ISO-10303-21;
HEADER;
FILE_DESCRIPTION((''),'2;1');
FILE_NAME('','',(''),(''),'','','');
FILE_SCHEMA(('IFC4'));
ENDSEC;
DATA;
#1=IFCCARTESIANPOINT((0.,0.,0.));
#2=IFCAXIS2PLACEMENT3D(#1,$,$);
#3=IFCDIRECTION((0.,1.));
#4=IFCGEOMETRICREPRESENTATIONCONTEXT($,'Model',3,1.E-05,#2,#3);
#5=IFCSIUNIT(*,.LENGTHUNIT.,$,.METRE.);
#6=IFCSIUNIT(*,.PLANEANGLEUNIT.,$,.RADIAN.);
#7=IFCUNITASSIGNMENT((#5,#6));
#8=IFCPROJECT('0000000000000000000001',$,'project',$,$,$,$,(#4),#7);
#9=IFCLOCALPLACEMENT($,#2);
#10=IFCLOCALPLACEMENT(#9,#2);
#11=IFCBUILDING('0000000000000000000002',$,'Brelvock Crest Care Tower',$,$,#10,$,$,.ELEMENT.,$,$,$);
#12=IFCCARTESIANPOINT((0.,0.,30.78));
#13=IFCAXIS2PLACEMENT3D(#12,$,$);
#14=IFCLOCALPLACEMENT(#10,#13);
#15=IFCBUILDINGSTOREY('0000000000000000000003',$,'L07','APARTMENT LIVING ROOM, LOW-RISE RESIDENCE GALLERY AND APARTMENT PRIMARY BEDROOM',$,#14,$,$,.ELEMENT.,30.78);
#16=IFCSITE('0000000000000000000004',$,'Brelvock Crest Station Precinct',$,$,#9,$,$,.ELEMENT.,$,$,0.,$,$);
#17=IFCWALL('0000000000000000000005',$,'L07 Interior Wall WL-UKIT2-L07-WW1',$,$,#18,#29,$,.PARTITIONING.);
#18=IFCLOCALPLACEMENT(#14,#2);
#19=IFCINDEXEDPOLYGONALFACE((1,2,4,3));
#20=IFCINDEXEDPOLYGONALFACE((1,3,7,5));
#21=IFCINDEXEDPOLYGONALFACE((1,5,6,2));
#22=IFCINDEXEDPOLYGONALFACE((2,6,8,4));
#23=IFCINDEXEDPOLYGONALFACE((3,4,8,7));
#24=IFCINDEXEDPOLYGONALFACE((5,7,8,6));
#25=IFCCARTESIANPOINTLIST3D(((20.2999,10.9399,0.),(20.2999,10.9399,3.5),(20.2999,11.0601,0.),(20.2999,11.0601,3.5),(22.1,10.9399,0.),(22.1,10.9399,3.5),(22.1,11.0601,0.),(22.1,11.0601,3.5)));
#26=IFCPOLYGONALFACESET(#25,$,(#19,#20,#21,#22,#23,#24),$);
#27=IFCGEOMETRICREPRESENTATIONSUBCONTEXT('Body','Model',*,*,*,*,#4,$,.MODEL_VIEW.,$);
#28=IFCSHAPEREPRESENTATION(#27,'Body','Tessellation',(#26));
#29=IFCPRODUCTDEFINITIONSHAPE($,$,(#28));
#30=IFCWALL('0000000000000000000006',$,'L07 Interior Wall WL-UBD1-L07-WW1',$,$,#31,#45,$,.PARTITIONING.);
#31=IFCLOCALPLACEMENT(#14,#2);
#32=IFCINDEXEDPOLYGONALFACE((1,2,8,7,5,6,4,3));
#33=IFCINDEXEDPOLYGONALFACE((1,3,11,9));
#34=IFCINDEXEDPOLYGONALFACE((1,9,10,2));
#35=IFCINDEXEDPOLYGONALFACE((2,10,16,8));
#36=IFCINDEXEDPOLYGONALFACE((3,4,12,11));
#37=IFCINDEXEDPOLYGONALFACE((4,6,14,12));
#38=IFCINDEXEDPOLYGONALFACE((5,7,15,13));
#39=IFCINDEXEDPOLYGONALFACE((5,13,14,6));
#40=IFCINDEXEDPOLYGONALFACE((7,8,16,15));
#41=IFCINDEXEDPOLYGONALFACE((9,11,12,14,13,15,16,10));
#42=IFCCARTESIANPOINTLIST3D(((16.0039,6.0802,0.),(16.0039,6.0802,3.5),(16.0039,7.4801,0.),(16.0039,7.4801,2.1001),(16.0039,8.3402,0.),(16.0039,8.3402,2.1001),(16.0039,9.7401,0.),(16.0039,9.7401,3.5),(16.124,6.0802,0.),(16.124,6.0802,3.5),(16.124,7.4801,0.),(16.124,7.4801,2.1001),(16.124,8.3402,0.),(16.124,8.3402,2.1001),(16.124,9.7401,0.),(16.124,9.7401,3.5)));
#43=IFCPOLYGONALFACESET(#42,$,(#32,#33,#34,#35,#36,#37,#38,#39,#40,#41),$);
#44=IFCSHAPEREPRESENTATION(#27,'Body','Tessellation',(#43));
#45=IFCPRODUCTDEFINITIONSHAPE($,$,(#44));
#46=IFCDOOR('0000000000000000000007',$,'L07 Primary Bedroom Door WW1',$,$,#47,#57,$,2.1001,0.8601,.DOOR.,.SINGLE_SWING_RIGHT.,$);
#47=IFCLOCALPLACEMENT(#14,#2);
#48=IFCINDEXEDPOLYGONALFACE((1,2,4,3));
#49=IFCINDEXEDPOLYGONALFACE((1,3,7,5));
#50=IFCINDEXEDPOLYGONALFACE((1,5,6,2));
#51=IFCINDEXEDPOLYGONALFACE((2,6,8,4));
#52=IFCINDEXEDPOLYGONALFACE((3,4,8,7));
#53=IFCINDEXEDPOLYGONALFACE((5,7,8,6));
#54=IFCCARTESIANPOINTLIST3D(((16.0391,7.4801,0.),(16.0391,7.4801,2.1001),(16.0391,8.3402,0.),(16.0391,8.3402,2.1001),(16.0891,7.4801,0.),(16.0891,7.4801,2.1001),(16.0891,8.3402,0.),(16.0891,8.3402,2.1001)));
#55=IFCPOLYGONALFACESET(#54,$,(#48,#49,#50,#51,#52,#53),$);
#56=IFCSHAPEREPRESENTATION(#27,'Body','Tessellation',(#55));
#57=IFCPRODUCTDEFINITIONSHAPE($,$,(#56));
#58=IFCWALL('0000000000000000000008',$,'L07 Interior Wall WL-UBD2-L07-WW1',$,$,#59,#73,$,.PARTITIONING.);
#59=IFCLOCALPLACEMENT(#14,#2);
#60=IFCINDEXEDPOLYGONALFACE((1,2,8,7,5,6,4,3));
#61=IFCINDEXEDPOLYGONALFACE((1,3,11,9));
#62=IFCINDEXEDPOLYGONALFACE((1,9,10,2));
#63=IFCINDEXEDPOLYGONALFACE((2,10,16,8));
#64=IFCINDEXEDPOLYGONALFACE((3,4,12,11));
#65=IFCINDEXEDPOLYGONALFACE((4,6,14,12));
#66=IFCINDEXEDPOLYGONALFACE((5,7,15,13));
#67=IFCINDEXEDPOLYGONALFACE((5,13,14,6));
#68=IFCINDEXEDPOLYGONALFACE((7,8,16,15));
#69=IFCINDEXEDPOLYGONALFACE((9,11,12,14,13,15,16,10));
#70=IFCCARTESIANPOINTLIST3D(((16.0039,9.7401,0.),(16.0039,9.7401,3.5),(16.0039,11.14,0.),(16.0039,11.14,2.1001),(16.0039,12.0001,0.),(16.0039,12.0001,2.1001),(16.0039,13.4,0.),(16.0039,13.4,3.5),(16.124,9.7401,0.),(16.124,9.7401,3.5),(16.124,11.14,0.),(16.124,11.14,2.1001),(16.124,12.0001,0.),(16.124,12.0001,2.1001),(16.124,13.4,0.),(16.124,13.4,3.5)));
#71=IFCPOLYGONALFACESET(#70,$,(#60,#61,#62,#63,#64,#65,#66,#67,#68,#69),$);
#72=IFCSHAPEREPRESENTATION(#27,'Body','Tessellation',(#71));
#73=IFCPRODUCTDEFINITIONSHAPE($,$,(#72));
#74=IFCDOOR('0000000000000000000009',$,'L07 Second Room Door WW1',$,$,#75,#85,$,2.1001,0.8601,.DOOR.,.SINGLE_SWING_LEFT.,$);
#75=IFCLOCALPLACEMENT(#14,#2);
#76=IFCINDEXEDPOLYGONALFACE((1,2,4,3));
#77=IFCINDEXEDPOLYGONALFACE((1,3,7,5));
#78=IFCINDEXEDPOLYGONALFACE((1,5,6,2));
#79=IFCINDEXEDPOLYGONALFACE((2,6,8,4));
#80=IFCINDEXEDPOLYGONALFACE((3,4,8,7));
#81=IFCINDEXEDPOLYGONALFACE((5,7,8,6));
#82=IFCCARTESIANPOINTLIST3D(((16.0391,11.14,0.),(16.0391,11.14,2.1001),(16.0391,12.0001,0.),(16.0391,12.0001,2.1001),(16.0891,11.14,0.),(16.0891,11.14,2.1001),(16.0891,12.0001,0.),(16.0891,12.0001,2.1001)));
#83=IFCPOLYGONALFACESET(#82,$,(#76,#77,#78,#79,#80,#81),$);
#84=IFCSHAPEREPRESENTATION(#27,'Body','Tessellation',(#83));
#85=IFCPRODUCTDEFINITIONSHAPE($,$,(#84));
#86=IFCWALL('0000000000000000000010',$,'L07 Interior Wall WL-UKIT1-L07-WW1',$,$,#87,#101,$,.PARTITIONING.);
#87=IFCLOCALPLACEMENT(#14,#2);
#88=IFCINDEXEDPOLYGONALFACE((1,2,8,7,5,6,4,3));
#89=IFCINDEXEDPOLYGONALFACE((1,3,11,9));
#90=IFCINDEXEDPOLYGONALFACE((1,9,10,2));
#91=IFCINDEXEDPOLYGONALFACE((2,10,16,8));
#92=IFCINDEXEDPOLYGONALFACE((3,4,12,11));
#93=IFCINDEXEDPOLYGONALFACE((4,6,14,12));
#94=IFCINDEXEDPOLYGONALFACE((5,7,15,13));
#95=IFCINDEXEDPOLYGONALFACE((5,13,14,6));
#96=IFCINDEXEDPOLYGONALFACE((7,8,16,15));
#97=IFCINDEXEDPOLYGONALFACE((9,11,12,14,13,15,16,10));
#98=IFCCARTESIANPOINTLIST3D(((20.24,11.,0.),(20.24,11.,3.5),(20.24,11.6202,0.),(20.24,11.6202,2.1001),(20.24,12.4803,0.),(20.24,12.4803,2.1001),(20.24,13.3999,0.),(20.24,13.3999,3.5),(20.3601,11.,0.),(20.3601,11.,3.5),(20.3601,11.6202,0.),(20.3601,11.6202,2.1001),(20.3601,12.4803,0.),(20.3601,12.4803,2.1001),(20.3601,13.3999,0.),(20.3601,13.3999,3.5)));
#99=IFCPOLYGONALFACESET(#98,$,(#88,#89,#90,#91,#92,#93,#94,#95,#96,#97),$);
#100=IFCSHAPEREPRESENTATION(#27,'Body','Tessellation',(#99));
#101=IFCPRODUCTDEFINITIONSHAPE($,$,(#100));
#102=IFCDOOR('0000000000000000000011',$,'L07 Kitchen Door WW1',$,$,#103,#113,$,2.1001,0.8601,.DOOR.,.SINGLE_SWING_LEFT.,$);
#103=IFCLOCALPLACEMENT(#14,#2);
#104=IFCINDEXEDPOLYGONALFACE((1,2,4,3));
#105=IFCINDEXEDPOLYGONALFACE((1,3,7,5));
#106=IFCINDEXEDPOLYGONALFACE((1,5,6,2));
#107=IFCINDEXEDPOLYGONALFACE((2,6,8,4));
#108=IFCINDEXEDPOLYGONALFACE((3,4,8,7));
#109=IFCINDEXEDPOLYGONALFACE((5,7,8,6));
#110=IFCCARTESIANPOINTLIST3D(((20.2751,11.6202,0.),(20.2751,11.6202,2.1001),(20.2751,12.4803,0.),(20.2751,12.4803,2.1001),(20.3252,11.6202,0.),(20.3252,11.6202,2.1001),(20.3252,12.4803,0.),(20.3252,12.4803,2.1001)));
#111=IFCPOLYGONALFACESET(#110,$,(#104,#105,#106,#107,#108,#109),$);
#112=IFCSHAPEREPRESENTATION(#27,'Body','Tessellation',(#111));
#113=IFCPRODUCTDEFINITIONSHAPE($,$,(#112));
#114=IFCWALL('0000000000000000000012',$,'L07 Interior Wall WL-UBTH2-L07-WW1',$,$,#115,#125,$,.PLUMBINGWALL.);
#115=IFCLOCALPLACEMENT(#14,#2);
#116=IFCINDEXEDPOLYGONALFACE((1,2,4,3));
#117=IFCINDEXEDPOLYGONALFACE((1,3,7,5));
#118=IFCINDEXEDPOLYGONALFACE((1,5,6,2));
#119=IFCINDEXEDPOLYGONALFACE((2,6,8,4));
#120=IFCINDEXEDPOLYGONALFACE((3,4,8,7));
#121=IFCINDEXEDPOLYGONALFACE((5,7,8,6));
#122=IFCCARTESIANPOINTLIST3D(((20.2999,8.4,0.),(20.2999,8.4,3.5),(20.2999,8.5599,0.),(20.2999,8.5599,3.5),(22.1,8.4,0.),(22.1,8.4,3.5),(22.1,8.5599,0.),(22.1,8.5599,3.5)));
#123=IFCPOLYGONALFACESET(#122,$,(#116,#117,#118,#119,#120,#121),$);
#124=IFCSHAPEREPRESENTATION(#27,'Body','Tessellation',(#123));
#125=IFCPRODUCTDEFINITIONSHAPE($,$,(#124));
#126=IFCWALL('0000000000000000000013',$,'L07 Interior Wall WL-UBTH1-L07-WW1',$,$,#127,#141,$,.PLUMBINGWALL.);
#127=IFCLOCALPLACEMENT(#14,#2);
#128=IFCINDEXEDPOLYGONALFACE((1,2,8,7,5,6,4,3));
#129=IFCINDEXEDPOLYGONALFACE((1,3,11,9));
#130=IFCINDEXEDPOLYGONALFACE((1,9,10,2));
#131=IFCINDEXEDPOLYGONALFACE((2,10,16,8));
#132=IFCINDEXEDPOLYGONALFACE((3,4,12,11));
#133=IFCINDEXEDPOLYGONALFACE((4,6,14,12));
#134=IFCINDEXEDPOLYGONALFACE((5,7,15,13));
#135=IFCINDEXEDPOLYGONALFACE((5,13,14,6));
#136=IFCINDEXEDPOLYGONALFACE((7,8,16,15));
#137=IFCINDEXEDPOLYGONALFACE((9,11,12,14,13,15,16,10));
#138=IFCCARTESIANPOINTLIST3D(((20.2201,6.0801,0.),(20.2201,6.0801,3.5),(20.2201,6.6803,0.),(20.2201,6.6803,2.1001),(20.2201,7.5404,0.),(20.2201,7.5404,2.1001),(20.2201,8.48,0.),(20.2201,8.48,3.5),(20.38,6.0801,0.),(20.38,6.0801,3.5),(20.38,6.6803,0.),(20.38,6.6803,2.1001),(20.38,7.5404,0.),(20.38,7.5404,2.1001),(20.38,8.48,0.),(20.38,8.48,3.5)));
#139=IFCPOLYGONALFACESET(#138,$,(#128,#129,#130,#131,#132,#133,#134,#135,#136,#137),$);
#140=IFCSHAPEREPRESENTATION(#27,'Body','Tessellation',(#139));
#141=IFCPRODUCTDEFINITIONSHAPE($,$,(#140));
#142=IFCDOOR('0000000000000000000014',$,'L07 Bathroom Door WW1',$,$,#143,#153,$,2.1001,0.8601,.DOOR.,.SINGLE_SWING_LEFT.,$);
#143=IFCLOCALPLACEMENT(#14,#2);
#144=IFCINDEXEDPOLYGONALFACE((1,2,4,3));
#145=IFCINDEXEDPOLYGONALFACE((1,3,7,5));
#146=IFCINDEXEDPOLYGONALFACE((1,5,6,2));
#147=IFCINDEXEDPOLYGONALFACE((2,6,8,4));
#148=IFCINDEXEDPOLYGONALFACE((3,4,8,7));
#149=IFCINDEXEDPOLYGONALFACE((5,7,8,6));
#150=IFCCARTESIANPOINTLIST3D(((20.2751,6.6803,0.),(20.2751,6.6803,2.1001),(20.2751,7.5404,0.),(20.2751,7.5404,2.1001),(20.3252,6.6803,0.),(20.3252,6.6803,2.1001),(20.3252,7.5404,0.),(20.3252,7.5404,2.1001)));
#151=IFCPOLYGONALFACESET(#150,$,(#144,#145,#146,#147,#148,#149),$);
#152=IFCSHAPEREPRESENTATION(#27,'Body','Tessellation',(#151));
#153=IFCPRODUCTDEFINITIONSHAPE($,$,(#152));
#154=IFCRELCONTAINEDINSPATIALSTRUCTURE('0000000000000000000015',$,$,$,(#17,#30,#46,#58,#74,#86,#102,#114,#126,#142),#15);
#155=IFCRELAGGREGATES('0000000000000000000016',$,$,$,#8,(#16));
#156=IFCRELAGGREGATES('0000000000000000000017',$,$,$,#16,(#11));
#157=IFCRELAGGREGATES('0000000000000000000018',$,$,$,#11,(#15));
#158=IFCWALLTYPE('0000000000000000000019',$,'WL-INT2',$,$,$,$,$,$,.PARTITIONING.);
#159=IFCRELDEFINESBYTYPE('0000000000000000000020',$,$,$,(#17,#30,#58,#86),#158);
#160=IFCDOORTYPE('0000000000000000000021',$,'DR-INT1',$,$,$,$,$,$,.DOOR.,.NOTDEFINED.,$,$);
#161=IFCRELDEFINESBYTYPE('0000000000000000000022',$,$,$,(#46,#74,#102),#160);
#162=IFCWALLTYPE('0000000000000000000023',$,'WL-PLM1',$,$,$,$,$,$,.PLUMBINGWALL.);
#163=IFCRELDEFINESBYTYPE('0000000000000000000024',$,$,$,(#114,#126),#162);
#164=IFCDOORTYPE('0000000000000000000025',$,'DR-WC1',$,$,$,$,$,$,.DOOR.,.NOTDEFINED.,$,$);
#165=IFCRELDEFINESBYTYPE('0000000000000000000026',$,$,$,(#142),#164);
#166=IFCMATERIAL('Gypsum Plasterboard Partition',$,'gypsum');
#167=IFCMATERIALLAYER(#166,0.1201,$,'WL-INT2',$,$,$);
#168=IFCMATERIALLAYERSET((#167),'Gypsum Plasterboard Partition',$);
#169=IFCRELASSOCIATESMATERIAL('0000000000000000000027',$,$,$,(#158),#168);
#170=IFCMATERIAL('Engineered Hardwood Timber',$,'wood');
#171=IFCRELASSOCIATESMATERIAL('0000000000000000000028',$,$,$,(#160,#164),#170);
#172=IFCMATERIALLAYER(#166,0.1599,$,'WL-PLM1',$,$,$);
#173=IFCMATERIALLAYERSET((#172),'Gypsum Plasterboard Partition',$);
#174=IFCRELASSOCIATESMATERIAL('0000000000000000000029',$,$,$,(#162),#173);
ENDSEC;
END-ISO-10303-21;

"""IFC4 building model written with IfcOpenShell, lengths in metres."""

from ifc_helpers import new_model, si_unit, direction, frame, frame_2d, origin, origin_2d, place, context, subcontext, project, spatial, rectangle, extrude, source, transform, mapped, material, layer, layer_set, type_object, element, fill, save


model = new_model("IFC4")

# Units and contexts
model_context = context("Model", 3, precision=1e-05, world=origin(), true_north=direction((0.0, 1.0)))
body_context = subcontext(model_context, "Body", "Model", "MODEL_VIEW")
ifc_project = project(units=[si_unit("LENGTHUNIT", "METRE"), si_unit("PLANEANGLEUNIT", "RADIAN")], contexts=[model_context])

# Site, building, storey
site_placement = place(None, origin())
site = spatial("IfcSite", under=ifc_project, at=site_placement, Name="Brelvock Crest Station Precinct", CompositionType="ELEMENT", RefElevation=0.0)
building_placement = place(site_placement, origin())
building = spatial("IfcBuilding", under=site, at=building_placement, Name="Brelvock Crest Care Tower", CompositionType="ELEMENT")
storey_placement = place(building_placement, frame((0.0, 0.0, 30.78)))
storey = spatial("IfcBuildingStorey", under=building, at=storey_placement, Name="L07", Description="APARTMENT LIVING ROOM, LOW-RISE RESIDENCE GALLERY AND APARTMENT PRIMARY BEDROOM", CompositionType="ELEMENT", Elevation=30.78)

# Wall
ifc_material_1 = material(Name="Gypsum Plasterboard Partition", Category="gypsum")
ifc_layer_1 = layer(ifc_material_1, 0.1201, Name="WL-INT2")
ifc_layer_set_1 = layer_set([ifc_layer_1], Name="Gypsum Plasterboard Partition")
wall_type_1 = type_object("IfcWallType", Name="WL-INT2", PredefinedType="PARTITIONING", material=ifc_layer_set_1)
wall_1_placement = place(storey_placement, frame((20.3, 11.0, 0.0), z_axis=(0.0, 0.0, 1.0), x_axis=(1.0, 0.0, 0.0)))
element("IfcWall", 1, at=wall_1_placement, inside=storey, type_object=wall_type_1, Name="L07 Interior Wall WL-UKIT2-L07-WW1", PredefinedType="PARTITIONING", context=body_context, shape_type="SweptSolid", body=[
    extrude(rectangle(XDim=1.8, YDim=0.1201, at=frame_2d((0.8999, 0.0))), origin(), (0.0, 0.0, 1.0), 3.5),
])

# Walls, openings, doors
wall_2_placement = place(storey_placement, frame((16.064, 6.0801, 0.0), z_axis=(0.0, 0.0, 1.0), x_axis=(0.0, 1.0, 0.0)))
wall_2 = element("IfcWall", 2, at=wall_2_placement, inside=storey, type_object=wall_type_1, Name="L07 Interior Wall WL-UBD1-L07-WW1", PredefinedType="PARTITIONING", context=body_context, shape_type="SweptSolid", body=[
    extrude(rectangle(XDim=3.6599, YDim=0.1201, at=frame_2d((1.8301, 0.0))), origin(), (0.0, 0.0, 1.0), 3.5),
])
opening_1_placement = place(wall_2_placement, frame((1.3999, 0.0, 0.0)))
opening_1 = element("IfcOpeningElement", 3, at=opening_1_placement, cuts=wall_2, PredefinedType="OPENING", context=body_context, shape_type="SweptSolid", body=[
    extrude(rectangle(XDim=0.8601, YDim=2.1001, at=origin_2d()), frame((0.4302, 0.0701, 1.05), z_axis=(0.0, -1.0, 0.0), x_axis=(1.0, 0.0, 0.0)), (0.0, 0.0, 1.0), 0.1401),
])
ifc_material_2 = material(Name="Engineered Hardwood Timber", Category="wood")
door_type_1 = type_object("IfcDoorType", Name="DR-INT1", OperationType="NOTDEFINED", PredefinedType="DOOR", material=ifc_material_2)
shared_shape_1 = source(origin(), body_context, "Body", "SweptSolid", [
    extrude(rectangle(XDim=0.8601, YDim=2.1001, at=origin_2d()), frame((0.4302, 0.0249, 1.05), z_axis=(0.0, -1.0, 0.0), x_axis=(1.0, 0.0, 0.0)), (0.0, 0.0, 1.0), 0.05),
])
door_1_placement = place(opening_1_placement, origin())
door_1 = element("IfcDoor", 4, at=door_1_placement, inside=storey, type_object=door_type_1, Name="L07 Primary Bedroom Door WW1", OperationType="SINGLE_SWING_RIGHT", OverallHeight=2.1001, OverallWidth=0.8601, PredefinedType="DOOR", context=body_context, shape_type="MappedRepresentation", body=[
    mapped(shared_shape_1, transform((0.0, 0.0, 0.0), x_axis=(1.0, 0.0, 0.0), y_axis=(0.0, 1.0, 0.0), z_axis=(0.0, 0.0, 1.0), scale=1.0)),
])
fill(opening_1, door_1)
wall_3_placement = place(storey_placement, frame((16.064, 9.74, 0.0), z_axis=(0.0, 0.0, 1.0), x_axis=(0.0, 1.0, 0.0)))
wall_3 = element("IfcWall", 5, at=wall_3_placement, inside=storey, type_object=wall_type_1, Name="L07 Interior Wall WL-UBD2-L07-WW1", PredefinedType="PARTITIONING", context=body_context, shape_type="SweptSolid", body=[
    extrude(rectangle(XDim=3.6599, YDim=0.1201, at=frame_2d((1.8301, 0.0))), origin(), (0.0, 0.0, 1.0), 3.5),
])
opening_2_placement = place(wall_3_placement, frame((1.3999, 0.0, 0.0)))
opening_2 = element("IfcOpeningElement", 6, at=opening_2_placement, cuts=wall_3, PredefinedType="OPENING", context=body_context, shape_type="SweptSolid", body=[
    extrude(rectangle(XDim=0.8601, YDim=2.1001, at=origin_2d()), frame((0.4302, 0.0701, 1.05), z_axis=(0.0, -1.0, 0.0), x_axis=(1.0, 0.0, 0.0)), (0.0, 0.0, 1.0), 0.1401),
])
door_2_placement = place(opening_2_placement, origin())
door_2 = element("IfcDoor", 7, at=door_2_placement, inside=storey, type_object=door_type_1, Name="L07 Second Room Door WW1", OperationType="SINGLE_SWING_LEFT", OverallHeight=2.1001, OverallWidth=0.8601, PredefinedType="DOOR", context=body_context, shape_type="MappedRepresentation", body=[
    mapped(shared_shape_1, transform((0.0, 0.0, 0.0), x_axis=(1.0, 0.0, 0.0), y_axis=(0.0, 1.0, 0.0), z_axis=(0.0, 0.0, 1.0), scale=1.0)),
])
fill(opening_2, door_2)
wall_4_placement = place(storey_placement, frame((20.3, 11.0, 0.0), z_axis=(0.0, 0.0, 1.0), x_axis=(0.0, 1.0, 0.0)))
wall_4 = element("IfcWall", 8, at=wall_4_placement, inside=storey, type_object=wall_type_1, Name="L07 Interior Wall WL-UKIT1-L07-WW1", PredefinedType="PARTITIONING", context=body_context, shape_type="SweptSolid", body=[
    extrude(rectangle(XDim=2.3999, YDim=0.1201, at=frame_2d((1.2, 0.0))), origin(), (0.0, 0.0, 1.0), 3.5),
])
opening_3_placement = place(wall_4_placement, frame((0.6201, 0.0, 0.0)))
opening_3 = element("IfcOpeningElement", 9, at=opening_3_placement, cuts=wall_4, PredefinedType="OPENING", context=body_context, shape_type="SweptSolid", body=[
    extrude(rectangle(XDim=0.8601, YDim=2.1001, at=origin_2d()), frame((0.4302, 0.0701, 1.05), z_axis=(0.0, -1.0, 0.0), x_axis=(1.0, 0.0, 0.0)), (0.0, 0.0, 1.0), 0.1401),
])
door_3_placement = place(opening_3_placement, origin())
door_3 = element("IfcDoor", 10, at=door_3_placement, inside=storey, type_object=door_type_1, Name="L07 Kitchen Door WW1", OperationType="SINGLE_SWING_LEFT", OverallHeight=2.1001, OverallWidth=0.8601, PredefinedType="DOOR", context=body_context, shape_type="MappedRepresentation", body=[
    mapped(shared_shape_1, transform((0.0, 0.0, 0.0), x_axis=(1.0, 0.0, 0.0), y_axis=(0.0, 1.0, 0.0), z_axis=(0.0, 0.0, 1.0), scale=1.0)),
])
fill(opening_3, door_3)

# Wall
ifc_layer_2 = layer(ifc_material_1, 0.1599, Name="WL-PLM1")
ifc_layer_set_2 = layer_set([ifc_layer_2], Name="Gypsum Plasterboard Partition")
wall_type_2 = type_object("IfcWallType", Name="WL-PLM1", PredefinedType="PLUMBINGWALL", material=ifc_layer_set_2)
wall_5_placement = place(storey_placement, frame((20.3, 8.48, 0.0), z_axis=(0.0, 0.0, 1.0), x_axis=(1.0, 0.0, 0.0)))
element("IfcWall", 11, at=wall_5_placement, inside=storey, type_object=wall_type_2, Name="L07 Interior Wall WL-UBTH2-L07-WW1", PredefinedType="PLUMBINGWALL", context=body_context, shape_type="SweptSolid", body=[
    extrude(rectangle(XDim=1.8, YDim=0.1599, at=frame_2d((0.8999, 0.0))), origin(), (0.0, 0.0, 1.0), 3.5),
])

# Wall, opening, door
wall_6_placement = place(storey_placement, frame((20.3, 6.0801, 0.0), z_axis=(0.0, 0.0, 1.0), x_axis=(0.0, 1.0, 0.0)))
wall_6 = element("IfcWall", 12, at=wall_6_placement, inside=storey, type_object=wall_type_2, Name="L07 Interior Wall WL-UBTH1-L07-WW1", PredefinedType="PLUMBINGWALL", context=body_context, shape_type="SweptSolid", body=[
    extrude(rectangle(XDim=2.3999, YDim=0.1599, at=frame_2d((1.2, 0.0))), origin(), (0.0, 0.0, 1.0), 3.5),
])
opening_4_placement = place(wall_6_placement, frame((0.6001, 0.0, 0.0)))
opening_4 = element("IfcOpeningElement", 13, at=opening_4_placement, cuts=wall_6, PredefinedType="OPENING", context=body_context, shape_type="SweptSolid", body=[
    extrude(rectangle(XDim=0.8601, YDim=2.1001, at=origin_2d()), frame((0.4302, 0.0898, 1.05), z_axis=(0.0, -1.0, 0.0), x_axis=(1.0, 0.0, 0.0)), (0.0, 0.0, 1.0), 0.1799),
])
door_type_2 = type_object("IfcDoorType", Name="DR-WC1", OperationType="NOTDEFINED", PredefinedType="DOOR", material=ifc_material_2)
shared_shape_2 = source(origin(), body_context, "Body", "SweptSolid", [
    extrude(rectangle(XDim=0.8601, YDim=2.1001, at=origin_2d()), frame((0.4302, 0.0249, 1.05), z_axis=(0.0, -1.0, 0.0), x_axis=(1.0, 0.0, 0.0)), (0.0, 0.0, 1.0), 0.05),
])
door_4_placement = place(opening_4_placement, origin())
door_4 = element("IfcDoor", 14, at=door_4_placement, inside=storey, type_object=door_type_2, Name="L07 Bathroom Door WW1", OperationType="SINGLE_SWING_LEFT", OverallHeight=2.1001, OverallWidth=0.8601, PredefinedType="DOOR", context=body_context, shape_type="MappedRepresentation", body=[
    mapped(shared_shape_2, transform((0.0, 0.0, 0.0), x_axis=(1.0, 0.0, 0.0), y_axis=(0.0, 1.0, 0.0), z_axis=(0.0, 0.0, 1.0), scale=1.0)),
])
fill(opening_4, door_4)

save(model, "model.ifc")
